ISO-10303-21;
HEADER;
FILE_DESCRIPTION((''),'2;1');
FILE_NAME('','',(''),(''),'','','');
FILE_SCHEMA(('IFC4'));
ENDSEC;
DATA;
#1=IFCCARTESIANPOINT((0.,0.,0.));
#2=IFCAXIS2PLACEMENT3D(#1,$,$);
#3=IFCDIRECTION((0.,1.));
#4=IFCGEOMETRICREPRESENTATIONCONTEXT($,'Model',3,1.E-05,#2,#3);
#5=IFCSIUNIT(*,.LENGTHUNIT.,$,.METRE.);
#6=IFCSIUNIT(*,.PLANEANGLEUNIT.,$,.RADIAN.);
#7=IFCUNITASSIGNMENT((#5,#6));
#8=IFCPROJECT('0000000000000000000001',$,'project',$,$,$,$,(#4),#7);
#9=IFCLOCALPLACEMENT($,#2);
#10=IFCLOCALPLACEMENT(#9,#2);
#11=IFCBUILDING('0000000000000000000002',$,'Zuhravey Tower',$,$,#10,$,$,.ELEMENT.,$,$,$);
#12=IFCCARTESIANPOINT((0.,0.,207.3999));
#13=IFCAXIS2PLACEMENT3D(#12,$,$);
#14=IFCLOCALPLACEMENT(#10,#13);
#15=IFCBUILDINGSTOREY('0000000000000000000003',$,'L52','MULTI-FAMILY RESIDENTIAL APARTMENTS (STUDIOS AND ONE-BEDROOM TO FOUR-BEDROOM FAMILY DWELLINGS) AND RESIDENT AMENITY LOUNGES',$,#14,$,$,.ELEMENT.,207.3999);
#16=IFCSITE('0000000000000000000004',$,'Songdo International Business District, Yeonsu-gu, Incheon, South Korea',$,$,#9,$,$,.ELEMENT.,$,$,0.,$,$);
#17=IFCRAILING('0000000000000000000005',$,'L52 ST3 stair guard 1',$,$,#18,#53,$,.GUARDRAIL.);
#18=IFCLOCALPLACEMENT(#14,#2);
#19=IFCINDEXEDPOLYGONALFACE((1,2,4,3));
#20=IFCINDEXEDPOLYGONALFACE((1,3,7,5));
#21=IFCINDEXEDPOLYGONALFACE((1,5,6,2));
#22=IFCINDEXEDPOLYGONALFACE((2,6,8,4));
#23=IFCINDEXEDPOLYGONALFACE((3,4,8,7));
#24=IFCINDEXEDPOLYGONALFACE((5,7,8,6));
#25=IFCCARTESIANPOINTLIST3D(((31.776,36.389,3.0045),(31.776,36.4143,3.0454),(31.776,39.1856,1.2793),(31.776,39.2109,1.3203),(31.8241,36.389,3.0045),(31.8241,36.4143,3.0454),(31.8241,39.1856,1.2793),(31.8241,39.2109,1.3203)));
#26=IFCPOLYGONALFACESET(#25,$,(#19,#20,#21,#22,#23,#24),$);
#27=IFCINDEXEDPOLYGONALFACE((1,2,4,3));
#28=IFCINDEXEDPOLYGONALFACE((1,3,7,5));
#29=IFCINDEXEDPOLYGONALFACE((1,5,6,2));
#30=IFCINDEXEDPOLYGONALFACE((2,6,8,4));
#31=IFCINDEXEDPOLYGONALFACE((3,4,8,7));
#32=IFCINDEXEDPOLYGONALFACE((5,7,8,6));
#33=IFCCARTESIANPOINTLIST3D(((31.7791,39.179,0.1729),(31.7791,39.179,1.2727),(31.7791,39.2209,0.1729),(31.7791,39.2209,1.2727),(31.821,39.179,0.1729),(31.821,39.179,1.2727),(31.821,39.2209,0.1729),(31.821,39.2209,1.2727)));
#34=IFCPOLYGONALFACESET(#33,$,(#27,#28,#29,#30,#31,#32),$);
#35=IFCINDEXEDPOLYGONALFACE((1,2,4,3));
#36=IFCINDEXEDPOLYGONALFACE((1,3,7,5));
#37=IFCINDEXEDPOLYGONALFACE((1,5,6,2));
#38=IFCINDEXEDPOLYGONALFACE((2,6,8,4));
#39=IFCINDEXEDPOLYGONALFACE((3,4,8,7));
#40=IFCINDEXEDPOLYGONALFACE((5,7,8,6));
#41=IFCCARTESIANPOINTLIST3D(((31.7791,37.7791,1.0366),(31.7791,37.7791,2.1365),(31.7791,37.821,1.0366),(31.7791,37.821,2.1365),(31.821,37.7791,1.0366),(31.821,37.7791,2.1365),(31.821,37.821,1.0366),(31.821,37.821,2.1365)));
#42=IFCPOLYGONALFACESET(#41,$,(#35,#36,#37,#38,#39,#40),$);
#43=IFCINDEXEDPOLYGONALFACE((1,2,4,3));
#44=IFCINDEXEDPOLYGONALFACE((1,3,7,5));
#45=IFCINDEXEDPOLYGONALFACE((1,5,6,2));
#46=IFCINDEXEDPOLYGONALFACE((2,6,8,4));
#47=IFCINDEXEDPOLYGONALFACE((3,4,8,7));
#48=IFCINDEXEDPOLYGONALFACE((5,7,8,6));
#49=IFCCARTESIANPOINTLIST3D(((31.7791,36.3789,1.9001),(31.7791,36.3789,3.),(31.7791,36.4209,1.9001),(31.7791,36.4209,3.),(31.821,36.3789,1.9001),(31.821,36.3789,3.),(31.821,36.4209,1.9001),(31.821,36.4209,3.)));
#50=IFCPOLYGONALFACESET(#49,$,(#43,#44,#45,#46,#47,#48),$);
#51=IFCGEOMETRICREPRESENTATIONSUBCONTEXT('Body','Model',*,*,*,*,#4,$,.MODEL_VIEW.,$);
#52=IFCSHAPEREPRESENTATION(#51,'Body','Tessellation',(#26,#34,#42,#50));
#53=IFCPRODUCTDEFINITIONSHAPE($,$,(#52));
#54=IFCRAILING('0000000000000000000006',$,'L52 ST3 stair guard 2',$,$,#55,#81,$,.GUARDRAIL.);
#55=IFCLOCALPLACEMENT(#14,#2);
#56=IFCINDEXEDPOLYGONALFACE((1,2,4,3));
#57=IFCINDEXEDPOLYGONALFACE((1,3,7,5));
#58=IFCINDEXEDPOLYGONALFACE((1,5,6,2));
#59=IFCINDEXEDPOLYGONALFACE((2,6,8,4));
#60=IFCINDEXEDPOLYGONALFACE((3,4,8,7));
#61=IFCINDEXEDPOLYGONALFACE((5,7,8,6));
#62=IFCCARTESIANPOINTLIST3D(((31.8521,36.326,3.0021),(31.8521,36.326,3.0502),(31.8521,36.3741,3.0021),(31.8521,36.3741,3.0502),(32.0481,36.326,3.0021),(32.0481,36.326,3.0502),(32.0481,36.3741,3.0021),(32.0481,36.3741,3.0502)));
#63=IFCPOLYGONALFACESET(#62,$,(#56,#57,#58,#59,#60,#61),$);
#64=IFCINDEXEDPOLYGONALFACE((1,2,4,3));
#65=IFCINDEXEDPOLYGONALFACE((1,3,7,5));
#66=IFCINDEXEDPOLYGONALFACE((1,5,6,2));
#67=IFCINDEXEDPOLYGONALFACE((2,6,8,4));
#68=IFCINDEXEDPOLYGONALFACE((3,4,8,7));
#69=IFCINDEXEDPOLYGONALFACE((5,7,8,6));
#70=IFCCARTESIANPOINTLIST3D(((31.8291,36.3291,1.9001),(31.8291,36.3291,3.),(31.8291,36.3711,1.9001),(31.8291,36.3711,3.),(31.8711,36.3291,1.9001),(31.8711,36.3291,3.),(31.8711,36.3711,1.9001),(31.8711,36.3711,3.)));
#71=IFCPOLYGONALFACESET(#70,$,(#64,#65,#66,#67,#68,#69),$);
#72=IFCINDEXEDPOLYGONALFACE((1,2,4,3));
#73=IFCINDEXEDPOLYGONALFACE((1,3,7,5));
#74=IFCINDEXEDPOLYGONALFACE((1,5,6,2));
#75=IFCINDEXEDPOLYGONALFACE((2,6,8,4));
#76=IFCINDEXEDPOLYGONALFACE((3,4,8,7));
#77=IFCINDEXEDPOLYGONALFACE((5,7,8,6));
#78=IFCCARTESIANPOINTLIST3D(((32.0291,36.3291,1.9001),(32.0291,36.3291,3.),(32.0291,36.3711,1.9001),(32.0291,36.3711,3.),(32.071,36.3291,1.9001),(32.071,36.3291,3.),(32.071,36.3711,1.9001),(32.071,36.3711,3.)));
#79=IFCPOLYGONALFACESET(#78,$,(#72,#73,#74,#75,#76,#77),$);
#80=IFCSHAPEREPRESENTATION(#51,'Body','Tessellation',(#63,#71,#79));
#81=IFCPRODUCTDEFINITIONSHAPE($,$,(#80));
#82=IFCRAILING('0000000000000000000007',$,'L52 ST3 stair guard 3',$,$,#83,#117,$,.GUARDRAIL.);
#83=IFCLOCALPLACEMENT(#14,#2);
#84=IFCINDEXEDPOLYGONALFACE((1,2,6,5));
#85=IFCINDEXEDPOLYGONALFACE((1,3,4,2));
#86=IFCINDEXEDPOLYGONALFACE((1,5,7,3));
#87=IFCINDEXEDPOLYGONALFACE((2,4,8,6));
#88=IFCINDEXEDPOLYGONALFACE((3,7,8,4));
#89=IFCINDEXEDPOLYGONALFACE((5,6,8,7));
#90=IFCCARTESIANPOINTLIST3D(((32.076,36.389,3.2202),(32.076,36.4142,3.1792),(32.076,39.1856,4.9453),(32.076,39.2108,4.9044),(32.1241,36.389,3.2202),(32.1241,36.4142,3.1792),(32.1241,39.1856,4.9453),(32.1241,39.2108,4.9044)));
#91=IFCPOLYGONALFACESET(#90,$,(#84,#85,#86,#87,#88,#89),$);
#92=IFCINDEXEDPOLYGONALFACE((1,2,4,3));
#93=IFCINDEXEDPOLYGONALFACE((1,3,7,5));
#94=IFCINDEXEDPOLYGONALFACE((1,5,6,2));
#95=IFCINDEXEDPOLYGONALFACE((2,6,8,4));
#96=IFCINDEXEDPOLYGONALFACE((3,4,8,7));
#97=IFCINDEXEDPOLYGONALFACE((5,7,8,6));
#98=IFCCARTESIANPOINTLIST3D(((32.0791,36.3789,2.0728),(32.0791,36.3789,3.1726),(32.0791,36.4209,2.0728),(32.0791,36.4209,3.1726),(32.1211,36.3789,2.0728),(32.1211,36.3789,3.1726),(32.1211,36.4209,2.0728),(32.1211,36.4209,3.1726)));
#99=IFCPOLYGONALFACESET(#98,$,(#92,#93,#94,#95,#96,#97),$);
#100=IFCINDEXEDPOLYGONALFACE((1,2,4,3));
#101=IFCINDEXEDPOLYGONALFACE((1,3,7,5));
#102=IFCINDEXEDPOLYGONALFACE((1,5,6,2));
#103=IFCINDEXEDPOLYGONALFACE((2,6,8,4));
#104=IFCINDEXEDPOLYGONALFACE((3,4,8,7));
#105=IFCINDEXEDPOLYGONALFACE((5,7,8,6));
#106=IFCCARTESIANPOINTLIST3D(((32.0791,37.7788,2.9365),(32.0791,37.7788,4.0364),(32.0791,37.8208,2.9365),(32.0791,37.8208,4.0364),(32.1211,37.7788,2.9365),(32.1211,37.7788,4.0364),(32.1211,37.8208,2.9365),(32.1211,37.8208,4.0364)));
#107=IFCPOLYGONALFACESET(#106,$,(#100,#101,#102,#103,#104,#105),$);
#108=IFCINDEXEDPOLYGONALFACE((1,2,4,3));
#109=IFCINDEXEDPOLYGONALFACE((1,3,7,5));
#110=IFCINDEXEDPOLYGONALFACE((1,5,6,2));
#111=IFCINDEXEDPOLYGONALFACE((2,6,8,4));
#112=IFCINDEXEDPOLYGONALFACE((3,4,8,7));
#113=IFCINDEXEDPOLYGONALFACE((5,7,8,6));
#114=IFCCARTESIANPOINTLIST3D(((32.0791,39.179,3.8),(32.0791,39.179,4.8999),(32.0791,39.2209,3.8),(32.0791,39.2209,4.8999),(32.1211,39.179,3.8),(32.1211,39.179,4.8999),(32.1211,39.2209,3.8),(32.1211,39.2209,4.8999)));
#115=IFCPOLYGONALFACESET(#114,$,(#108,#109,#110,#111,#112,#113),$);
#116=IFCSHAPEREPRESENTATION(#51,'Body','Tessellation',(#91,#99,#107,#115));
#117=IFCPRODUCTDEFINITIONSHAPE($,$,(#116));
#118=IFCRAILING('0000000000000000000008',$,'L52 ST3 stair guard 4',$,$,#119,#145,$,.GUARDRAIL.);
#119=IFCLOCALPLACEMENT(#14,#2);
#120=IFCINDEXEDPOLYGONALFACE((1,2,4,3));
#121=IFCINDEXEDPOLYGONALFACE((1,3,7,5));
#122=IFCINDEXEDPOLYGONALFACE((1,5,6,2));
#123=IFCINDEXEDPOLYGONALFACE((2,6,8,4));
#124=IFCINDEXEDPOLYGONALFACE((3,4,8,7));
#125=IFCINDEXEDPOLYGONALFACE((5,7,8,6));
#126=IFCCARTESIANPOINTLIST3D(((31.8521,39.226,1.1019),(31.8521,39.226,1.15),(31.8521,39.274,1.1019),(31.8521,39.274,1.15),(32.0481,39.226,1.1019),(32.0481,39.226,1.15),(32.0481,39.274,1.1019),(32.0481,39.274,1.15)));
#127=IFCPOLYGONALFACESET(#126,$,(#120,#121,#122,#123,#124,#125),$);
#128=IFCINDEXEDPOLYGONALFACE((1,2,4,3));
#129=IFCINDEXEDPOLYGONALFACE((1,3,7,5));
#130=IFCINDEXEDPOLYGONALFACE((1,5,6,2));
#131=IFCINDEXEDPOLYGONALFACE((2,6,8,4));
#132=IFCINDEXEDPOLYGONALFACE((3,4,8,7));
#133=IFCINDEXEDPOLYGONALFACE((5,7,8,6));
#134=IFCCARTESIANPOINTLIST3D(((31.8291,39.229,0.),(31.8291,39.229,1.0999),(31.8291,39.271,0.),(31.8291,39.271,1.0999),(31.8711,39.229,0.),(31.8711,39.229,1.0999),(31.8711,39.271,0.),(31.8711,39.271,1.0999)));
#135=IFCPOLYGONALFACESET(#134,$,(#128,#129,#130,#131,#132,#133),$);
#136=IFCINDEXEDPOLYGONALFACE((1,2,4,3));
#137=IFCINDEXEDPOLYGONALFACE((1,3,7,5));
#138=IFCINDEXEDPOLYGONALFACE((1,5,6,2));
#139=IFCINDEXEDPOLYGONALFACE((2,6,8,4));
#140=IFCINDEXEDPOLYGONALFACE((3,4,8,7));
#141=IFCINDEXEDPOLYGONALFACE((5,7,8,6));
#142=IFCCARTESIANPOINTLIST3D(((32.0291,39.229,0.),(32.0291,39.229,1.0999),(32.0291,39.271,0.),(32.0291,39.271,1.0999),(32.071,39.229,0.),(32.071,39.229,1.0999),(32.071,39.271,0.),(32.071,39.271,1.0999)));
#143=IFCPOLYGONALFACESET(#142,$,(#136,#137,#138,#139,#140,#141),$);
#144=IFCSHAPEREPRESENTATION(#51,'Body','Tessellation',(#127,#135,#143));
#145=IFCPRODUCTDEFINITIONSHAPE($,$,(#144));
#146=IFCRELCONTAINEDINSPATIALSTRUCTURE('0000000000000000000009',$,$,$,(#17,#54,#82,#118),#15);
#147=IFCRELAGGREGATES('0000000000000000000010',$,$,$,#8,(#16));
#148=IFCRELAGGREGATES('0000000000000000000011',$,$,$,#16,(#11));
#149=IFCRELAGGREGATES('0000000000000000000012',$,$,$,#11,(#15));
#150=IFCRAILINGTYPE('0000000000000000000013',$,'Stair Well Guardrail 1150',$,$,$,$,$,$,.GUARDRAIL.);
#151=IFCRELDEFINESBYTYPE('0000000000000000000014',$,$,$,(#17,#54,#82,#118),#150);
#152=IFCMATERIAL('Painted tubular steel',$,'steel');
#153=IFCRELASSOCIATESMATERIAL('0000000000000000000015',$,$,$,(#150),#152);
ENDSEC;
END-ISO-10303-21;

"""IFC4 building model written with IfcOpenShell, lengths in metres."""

from ifc_helpers import new_model, si_unit, direction, frame, origin, origin_2d, place, context, subcontext, project, spatial, rectangle, extrude, material, type_object, element, save


model = new_model("IFC4")

# Units and contexts
model_context = context("Model", 3, precision=1e-05, world=origin(), true_north=direction((0.0, 1.0)))
body_context = subcontext(model_context, "Body", "Model", "MODEL_VIEW")
ifc_project = project(units=[si_unit("LENGTHUNIT", "METRE"), si_unit("PLANEANGLEUNIT", "RADIAN")], contexts=[model_context])

# Site, building, storey
site_placement = place(None, origin())
site = spatial("IfcSite", under=ifc_project, at=site_placement, Name="Songdo International Business District, Yeonsu-gu, Incheon, South Korea", CompositionType="ELEMENT", RefElevation=0.0)
building_placement = place(site_placement, origin())
building = spatial("IfcBuilding", under=site, at=building_placement, Name="Zuhravey Tower", CompositionType="ELEMENT")
storey_placement = place(building_placement, frame((0.0, 0.0, 207.3999)))
storey = spatial("IfcBuildingStorey", under=building, at=storey_placement, Name="L52", Description="MULTI-FAMILY RESIDENTIAL APARTMENTS (STUDIOS AND ONE-BEDROOM TO FOUR-BEDROOM FAMILY DWELLINGS) AND RESIDENT AMENITY LOUNGES", CompositionType="ELEMENT", Elevation=207.3999)

# Railings
ifc_material_1 = material(Name="Painted tubular steel", Category="steel")
railing_type_1 = type_object("IfcRailingType", Name="Stair Well Guardrail 1150", PredefinedType="GUARDRAIL", material=ifc_material_1)
railing_1_placement = place(storey_placement, frame((31.8, 39.2, 0.1729)))
element("IfcRailing", 1, at=railing_1_placement, inside=storey, type_object=railing_type_1, Name="L52 ST3 stair guard 1", PredefinedType="GUARDRAIL", context=body_context, shape_type="SweptSolid", body=[
    extrude(rectangle(XDim=0.0481, YDim=0.0481, at=origin_2d()), frame((0.0, -0.0017, 1.127), z_axis=(0.0, -0.85109, 0.52502), x_axis=(1.0, 0.0, 0.0)), (0.0, 0.0, 1.0), 3.2859),
    extrude(rectangle(XDim=0.042, YDim=0.042, at=origin_2d()), origin(), (0.0, 0.0, 1.0), 1.0999),
    extrude(rectangle(XDim=0.042, YDim=0.042, at=origin_2d()), frame((0.0, -1.3999, 0.8638)), (0.0, 0.0, 1.0), 1.0999),
    extrude(rectangle(XDim=0.042, YDim=0.042, at=origin_2d()), frame((0.0, -2.8, 1.7273)), (0.0, 0.0, 1.0), 1.0999),
])
railing_2_placement = place(storey_placement, frame((31.8501, 36.3501, 1.9001)))
element("IfcRailing", 2, at=railing_2_placement, inside=storey, type_object=railing_type_1, Name="L52 ST3 stair guard 2", PredefinedType="GUARDRAIL", context=body_context, shape_type="SweptSolid", body=[
    extrude(rectangle(XDim=0.0481, YDim=0.0481, at=origin_2d()), frame((0.002, 0.0, 1.126), z_axis=(1.0, 0.0, 0.0), x_axis=(0.0, 1.0, 0.0)), (0.0, 0.0, 1.0), 0.196),
    extrude(rectangle(XDim=0.042, YDim=0.042, at=origin_2d()), origin(), (0.0, 0.0, 1.0), 1.0999),
    extrude(rectangle(XDim=0.042, YDim=0.042, at=origin_2d()), frame((0.2, 0.0, 0.0)), (0.0, 0.0, 1.0), 1.0999),
])
railing_3_placement = place(storey_placement, frame((32.1001, 36.3999, 2.0728)))
element("IfcRailing", 3, at=railing_3_placement, inside=storey, type_object=railing_type_1, Name="L52 ST3 stair guard 3", PredefinedType="GUARDRAIL", context=body_context, shape_type="SweptSolid", body=[
    extrude(rectangle(XDim=0.0481, YDim=0.0481, at=origin_2d()), frame((0.0, 0.0017, 1.127), z_axis=(0.0, 0.85109, 0.52502), x_axis=(-1.0, 0.0, 0.0)), (0.0, 0.0, 1.0), 3.2859),
    extrude(rectangle(XDim=0.042, YDim=0.042, at=origin_2d()), origin(), (0.0, 0.0, 1.0), 1.0999),
    extrude(rectangle(XDim=0.042, YDim=0.042, at=origin_2d()), frame((0.0, 1.3999, 0.8638)), (0.0, 0.0, 1.0), 1.0999),
    extrude(rectangle(XDim=0.042, YDim=0.042, at=origin_2d()), frame((0.0, 2.8, 1.7273)), (0.0, 0.0, 1.0), 1.0999),
])
railing_4_placement = place(storey_placement, frame((31.8501, 39.25, 0.0)))
element("IfcRailing", 4, at=railing_4_placement, inside=storey, type_object=railing_type_1, Name="L52 ST3 stair guard 4", PredefinedType="GUARDRAIL", context=body_context, shape_type="SweptSolid", body=[
    extrude(rectangle(XDim=0.0481, YDim=0.0481, at=origin_2d()), frame((0.002, 0.0, 1.126), z_axis=(1.0, 0.0, 0.0), x_axis=(0.0, 1.0, 0.0)), (0.0, 0.0, 1.0), 0.196),
    extrude(rectangle(XDim=0.042, YDim=0.042, at=origin_2d()), origin(), (0.0, 0.0, 1.0), 1.0999),
    extrude(rectangle(XDim=0.042, YDim=0.042, at=origin_2d()), frame((0.2, 0.0, 0.0)), (0.0, 0.0, 1.0), 1.0999),
])

save(model, "model.ifc")
